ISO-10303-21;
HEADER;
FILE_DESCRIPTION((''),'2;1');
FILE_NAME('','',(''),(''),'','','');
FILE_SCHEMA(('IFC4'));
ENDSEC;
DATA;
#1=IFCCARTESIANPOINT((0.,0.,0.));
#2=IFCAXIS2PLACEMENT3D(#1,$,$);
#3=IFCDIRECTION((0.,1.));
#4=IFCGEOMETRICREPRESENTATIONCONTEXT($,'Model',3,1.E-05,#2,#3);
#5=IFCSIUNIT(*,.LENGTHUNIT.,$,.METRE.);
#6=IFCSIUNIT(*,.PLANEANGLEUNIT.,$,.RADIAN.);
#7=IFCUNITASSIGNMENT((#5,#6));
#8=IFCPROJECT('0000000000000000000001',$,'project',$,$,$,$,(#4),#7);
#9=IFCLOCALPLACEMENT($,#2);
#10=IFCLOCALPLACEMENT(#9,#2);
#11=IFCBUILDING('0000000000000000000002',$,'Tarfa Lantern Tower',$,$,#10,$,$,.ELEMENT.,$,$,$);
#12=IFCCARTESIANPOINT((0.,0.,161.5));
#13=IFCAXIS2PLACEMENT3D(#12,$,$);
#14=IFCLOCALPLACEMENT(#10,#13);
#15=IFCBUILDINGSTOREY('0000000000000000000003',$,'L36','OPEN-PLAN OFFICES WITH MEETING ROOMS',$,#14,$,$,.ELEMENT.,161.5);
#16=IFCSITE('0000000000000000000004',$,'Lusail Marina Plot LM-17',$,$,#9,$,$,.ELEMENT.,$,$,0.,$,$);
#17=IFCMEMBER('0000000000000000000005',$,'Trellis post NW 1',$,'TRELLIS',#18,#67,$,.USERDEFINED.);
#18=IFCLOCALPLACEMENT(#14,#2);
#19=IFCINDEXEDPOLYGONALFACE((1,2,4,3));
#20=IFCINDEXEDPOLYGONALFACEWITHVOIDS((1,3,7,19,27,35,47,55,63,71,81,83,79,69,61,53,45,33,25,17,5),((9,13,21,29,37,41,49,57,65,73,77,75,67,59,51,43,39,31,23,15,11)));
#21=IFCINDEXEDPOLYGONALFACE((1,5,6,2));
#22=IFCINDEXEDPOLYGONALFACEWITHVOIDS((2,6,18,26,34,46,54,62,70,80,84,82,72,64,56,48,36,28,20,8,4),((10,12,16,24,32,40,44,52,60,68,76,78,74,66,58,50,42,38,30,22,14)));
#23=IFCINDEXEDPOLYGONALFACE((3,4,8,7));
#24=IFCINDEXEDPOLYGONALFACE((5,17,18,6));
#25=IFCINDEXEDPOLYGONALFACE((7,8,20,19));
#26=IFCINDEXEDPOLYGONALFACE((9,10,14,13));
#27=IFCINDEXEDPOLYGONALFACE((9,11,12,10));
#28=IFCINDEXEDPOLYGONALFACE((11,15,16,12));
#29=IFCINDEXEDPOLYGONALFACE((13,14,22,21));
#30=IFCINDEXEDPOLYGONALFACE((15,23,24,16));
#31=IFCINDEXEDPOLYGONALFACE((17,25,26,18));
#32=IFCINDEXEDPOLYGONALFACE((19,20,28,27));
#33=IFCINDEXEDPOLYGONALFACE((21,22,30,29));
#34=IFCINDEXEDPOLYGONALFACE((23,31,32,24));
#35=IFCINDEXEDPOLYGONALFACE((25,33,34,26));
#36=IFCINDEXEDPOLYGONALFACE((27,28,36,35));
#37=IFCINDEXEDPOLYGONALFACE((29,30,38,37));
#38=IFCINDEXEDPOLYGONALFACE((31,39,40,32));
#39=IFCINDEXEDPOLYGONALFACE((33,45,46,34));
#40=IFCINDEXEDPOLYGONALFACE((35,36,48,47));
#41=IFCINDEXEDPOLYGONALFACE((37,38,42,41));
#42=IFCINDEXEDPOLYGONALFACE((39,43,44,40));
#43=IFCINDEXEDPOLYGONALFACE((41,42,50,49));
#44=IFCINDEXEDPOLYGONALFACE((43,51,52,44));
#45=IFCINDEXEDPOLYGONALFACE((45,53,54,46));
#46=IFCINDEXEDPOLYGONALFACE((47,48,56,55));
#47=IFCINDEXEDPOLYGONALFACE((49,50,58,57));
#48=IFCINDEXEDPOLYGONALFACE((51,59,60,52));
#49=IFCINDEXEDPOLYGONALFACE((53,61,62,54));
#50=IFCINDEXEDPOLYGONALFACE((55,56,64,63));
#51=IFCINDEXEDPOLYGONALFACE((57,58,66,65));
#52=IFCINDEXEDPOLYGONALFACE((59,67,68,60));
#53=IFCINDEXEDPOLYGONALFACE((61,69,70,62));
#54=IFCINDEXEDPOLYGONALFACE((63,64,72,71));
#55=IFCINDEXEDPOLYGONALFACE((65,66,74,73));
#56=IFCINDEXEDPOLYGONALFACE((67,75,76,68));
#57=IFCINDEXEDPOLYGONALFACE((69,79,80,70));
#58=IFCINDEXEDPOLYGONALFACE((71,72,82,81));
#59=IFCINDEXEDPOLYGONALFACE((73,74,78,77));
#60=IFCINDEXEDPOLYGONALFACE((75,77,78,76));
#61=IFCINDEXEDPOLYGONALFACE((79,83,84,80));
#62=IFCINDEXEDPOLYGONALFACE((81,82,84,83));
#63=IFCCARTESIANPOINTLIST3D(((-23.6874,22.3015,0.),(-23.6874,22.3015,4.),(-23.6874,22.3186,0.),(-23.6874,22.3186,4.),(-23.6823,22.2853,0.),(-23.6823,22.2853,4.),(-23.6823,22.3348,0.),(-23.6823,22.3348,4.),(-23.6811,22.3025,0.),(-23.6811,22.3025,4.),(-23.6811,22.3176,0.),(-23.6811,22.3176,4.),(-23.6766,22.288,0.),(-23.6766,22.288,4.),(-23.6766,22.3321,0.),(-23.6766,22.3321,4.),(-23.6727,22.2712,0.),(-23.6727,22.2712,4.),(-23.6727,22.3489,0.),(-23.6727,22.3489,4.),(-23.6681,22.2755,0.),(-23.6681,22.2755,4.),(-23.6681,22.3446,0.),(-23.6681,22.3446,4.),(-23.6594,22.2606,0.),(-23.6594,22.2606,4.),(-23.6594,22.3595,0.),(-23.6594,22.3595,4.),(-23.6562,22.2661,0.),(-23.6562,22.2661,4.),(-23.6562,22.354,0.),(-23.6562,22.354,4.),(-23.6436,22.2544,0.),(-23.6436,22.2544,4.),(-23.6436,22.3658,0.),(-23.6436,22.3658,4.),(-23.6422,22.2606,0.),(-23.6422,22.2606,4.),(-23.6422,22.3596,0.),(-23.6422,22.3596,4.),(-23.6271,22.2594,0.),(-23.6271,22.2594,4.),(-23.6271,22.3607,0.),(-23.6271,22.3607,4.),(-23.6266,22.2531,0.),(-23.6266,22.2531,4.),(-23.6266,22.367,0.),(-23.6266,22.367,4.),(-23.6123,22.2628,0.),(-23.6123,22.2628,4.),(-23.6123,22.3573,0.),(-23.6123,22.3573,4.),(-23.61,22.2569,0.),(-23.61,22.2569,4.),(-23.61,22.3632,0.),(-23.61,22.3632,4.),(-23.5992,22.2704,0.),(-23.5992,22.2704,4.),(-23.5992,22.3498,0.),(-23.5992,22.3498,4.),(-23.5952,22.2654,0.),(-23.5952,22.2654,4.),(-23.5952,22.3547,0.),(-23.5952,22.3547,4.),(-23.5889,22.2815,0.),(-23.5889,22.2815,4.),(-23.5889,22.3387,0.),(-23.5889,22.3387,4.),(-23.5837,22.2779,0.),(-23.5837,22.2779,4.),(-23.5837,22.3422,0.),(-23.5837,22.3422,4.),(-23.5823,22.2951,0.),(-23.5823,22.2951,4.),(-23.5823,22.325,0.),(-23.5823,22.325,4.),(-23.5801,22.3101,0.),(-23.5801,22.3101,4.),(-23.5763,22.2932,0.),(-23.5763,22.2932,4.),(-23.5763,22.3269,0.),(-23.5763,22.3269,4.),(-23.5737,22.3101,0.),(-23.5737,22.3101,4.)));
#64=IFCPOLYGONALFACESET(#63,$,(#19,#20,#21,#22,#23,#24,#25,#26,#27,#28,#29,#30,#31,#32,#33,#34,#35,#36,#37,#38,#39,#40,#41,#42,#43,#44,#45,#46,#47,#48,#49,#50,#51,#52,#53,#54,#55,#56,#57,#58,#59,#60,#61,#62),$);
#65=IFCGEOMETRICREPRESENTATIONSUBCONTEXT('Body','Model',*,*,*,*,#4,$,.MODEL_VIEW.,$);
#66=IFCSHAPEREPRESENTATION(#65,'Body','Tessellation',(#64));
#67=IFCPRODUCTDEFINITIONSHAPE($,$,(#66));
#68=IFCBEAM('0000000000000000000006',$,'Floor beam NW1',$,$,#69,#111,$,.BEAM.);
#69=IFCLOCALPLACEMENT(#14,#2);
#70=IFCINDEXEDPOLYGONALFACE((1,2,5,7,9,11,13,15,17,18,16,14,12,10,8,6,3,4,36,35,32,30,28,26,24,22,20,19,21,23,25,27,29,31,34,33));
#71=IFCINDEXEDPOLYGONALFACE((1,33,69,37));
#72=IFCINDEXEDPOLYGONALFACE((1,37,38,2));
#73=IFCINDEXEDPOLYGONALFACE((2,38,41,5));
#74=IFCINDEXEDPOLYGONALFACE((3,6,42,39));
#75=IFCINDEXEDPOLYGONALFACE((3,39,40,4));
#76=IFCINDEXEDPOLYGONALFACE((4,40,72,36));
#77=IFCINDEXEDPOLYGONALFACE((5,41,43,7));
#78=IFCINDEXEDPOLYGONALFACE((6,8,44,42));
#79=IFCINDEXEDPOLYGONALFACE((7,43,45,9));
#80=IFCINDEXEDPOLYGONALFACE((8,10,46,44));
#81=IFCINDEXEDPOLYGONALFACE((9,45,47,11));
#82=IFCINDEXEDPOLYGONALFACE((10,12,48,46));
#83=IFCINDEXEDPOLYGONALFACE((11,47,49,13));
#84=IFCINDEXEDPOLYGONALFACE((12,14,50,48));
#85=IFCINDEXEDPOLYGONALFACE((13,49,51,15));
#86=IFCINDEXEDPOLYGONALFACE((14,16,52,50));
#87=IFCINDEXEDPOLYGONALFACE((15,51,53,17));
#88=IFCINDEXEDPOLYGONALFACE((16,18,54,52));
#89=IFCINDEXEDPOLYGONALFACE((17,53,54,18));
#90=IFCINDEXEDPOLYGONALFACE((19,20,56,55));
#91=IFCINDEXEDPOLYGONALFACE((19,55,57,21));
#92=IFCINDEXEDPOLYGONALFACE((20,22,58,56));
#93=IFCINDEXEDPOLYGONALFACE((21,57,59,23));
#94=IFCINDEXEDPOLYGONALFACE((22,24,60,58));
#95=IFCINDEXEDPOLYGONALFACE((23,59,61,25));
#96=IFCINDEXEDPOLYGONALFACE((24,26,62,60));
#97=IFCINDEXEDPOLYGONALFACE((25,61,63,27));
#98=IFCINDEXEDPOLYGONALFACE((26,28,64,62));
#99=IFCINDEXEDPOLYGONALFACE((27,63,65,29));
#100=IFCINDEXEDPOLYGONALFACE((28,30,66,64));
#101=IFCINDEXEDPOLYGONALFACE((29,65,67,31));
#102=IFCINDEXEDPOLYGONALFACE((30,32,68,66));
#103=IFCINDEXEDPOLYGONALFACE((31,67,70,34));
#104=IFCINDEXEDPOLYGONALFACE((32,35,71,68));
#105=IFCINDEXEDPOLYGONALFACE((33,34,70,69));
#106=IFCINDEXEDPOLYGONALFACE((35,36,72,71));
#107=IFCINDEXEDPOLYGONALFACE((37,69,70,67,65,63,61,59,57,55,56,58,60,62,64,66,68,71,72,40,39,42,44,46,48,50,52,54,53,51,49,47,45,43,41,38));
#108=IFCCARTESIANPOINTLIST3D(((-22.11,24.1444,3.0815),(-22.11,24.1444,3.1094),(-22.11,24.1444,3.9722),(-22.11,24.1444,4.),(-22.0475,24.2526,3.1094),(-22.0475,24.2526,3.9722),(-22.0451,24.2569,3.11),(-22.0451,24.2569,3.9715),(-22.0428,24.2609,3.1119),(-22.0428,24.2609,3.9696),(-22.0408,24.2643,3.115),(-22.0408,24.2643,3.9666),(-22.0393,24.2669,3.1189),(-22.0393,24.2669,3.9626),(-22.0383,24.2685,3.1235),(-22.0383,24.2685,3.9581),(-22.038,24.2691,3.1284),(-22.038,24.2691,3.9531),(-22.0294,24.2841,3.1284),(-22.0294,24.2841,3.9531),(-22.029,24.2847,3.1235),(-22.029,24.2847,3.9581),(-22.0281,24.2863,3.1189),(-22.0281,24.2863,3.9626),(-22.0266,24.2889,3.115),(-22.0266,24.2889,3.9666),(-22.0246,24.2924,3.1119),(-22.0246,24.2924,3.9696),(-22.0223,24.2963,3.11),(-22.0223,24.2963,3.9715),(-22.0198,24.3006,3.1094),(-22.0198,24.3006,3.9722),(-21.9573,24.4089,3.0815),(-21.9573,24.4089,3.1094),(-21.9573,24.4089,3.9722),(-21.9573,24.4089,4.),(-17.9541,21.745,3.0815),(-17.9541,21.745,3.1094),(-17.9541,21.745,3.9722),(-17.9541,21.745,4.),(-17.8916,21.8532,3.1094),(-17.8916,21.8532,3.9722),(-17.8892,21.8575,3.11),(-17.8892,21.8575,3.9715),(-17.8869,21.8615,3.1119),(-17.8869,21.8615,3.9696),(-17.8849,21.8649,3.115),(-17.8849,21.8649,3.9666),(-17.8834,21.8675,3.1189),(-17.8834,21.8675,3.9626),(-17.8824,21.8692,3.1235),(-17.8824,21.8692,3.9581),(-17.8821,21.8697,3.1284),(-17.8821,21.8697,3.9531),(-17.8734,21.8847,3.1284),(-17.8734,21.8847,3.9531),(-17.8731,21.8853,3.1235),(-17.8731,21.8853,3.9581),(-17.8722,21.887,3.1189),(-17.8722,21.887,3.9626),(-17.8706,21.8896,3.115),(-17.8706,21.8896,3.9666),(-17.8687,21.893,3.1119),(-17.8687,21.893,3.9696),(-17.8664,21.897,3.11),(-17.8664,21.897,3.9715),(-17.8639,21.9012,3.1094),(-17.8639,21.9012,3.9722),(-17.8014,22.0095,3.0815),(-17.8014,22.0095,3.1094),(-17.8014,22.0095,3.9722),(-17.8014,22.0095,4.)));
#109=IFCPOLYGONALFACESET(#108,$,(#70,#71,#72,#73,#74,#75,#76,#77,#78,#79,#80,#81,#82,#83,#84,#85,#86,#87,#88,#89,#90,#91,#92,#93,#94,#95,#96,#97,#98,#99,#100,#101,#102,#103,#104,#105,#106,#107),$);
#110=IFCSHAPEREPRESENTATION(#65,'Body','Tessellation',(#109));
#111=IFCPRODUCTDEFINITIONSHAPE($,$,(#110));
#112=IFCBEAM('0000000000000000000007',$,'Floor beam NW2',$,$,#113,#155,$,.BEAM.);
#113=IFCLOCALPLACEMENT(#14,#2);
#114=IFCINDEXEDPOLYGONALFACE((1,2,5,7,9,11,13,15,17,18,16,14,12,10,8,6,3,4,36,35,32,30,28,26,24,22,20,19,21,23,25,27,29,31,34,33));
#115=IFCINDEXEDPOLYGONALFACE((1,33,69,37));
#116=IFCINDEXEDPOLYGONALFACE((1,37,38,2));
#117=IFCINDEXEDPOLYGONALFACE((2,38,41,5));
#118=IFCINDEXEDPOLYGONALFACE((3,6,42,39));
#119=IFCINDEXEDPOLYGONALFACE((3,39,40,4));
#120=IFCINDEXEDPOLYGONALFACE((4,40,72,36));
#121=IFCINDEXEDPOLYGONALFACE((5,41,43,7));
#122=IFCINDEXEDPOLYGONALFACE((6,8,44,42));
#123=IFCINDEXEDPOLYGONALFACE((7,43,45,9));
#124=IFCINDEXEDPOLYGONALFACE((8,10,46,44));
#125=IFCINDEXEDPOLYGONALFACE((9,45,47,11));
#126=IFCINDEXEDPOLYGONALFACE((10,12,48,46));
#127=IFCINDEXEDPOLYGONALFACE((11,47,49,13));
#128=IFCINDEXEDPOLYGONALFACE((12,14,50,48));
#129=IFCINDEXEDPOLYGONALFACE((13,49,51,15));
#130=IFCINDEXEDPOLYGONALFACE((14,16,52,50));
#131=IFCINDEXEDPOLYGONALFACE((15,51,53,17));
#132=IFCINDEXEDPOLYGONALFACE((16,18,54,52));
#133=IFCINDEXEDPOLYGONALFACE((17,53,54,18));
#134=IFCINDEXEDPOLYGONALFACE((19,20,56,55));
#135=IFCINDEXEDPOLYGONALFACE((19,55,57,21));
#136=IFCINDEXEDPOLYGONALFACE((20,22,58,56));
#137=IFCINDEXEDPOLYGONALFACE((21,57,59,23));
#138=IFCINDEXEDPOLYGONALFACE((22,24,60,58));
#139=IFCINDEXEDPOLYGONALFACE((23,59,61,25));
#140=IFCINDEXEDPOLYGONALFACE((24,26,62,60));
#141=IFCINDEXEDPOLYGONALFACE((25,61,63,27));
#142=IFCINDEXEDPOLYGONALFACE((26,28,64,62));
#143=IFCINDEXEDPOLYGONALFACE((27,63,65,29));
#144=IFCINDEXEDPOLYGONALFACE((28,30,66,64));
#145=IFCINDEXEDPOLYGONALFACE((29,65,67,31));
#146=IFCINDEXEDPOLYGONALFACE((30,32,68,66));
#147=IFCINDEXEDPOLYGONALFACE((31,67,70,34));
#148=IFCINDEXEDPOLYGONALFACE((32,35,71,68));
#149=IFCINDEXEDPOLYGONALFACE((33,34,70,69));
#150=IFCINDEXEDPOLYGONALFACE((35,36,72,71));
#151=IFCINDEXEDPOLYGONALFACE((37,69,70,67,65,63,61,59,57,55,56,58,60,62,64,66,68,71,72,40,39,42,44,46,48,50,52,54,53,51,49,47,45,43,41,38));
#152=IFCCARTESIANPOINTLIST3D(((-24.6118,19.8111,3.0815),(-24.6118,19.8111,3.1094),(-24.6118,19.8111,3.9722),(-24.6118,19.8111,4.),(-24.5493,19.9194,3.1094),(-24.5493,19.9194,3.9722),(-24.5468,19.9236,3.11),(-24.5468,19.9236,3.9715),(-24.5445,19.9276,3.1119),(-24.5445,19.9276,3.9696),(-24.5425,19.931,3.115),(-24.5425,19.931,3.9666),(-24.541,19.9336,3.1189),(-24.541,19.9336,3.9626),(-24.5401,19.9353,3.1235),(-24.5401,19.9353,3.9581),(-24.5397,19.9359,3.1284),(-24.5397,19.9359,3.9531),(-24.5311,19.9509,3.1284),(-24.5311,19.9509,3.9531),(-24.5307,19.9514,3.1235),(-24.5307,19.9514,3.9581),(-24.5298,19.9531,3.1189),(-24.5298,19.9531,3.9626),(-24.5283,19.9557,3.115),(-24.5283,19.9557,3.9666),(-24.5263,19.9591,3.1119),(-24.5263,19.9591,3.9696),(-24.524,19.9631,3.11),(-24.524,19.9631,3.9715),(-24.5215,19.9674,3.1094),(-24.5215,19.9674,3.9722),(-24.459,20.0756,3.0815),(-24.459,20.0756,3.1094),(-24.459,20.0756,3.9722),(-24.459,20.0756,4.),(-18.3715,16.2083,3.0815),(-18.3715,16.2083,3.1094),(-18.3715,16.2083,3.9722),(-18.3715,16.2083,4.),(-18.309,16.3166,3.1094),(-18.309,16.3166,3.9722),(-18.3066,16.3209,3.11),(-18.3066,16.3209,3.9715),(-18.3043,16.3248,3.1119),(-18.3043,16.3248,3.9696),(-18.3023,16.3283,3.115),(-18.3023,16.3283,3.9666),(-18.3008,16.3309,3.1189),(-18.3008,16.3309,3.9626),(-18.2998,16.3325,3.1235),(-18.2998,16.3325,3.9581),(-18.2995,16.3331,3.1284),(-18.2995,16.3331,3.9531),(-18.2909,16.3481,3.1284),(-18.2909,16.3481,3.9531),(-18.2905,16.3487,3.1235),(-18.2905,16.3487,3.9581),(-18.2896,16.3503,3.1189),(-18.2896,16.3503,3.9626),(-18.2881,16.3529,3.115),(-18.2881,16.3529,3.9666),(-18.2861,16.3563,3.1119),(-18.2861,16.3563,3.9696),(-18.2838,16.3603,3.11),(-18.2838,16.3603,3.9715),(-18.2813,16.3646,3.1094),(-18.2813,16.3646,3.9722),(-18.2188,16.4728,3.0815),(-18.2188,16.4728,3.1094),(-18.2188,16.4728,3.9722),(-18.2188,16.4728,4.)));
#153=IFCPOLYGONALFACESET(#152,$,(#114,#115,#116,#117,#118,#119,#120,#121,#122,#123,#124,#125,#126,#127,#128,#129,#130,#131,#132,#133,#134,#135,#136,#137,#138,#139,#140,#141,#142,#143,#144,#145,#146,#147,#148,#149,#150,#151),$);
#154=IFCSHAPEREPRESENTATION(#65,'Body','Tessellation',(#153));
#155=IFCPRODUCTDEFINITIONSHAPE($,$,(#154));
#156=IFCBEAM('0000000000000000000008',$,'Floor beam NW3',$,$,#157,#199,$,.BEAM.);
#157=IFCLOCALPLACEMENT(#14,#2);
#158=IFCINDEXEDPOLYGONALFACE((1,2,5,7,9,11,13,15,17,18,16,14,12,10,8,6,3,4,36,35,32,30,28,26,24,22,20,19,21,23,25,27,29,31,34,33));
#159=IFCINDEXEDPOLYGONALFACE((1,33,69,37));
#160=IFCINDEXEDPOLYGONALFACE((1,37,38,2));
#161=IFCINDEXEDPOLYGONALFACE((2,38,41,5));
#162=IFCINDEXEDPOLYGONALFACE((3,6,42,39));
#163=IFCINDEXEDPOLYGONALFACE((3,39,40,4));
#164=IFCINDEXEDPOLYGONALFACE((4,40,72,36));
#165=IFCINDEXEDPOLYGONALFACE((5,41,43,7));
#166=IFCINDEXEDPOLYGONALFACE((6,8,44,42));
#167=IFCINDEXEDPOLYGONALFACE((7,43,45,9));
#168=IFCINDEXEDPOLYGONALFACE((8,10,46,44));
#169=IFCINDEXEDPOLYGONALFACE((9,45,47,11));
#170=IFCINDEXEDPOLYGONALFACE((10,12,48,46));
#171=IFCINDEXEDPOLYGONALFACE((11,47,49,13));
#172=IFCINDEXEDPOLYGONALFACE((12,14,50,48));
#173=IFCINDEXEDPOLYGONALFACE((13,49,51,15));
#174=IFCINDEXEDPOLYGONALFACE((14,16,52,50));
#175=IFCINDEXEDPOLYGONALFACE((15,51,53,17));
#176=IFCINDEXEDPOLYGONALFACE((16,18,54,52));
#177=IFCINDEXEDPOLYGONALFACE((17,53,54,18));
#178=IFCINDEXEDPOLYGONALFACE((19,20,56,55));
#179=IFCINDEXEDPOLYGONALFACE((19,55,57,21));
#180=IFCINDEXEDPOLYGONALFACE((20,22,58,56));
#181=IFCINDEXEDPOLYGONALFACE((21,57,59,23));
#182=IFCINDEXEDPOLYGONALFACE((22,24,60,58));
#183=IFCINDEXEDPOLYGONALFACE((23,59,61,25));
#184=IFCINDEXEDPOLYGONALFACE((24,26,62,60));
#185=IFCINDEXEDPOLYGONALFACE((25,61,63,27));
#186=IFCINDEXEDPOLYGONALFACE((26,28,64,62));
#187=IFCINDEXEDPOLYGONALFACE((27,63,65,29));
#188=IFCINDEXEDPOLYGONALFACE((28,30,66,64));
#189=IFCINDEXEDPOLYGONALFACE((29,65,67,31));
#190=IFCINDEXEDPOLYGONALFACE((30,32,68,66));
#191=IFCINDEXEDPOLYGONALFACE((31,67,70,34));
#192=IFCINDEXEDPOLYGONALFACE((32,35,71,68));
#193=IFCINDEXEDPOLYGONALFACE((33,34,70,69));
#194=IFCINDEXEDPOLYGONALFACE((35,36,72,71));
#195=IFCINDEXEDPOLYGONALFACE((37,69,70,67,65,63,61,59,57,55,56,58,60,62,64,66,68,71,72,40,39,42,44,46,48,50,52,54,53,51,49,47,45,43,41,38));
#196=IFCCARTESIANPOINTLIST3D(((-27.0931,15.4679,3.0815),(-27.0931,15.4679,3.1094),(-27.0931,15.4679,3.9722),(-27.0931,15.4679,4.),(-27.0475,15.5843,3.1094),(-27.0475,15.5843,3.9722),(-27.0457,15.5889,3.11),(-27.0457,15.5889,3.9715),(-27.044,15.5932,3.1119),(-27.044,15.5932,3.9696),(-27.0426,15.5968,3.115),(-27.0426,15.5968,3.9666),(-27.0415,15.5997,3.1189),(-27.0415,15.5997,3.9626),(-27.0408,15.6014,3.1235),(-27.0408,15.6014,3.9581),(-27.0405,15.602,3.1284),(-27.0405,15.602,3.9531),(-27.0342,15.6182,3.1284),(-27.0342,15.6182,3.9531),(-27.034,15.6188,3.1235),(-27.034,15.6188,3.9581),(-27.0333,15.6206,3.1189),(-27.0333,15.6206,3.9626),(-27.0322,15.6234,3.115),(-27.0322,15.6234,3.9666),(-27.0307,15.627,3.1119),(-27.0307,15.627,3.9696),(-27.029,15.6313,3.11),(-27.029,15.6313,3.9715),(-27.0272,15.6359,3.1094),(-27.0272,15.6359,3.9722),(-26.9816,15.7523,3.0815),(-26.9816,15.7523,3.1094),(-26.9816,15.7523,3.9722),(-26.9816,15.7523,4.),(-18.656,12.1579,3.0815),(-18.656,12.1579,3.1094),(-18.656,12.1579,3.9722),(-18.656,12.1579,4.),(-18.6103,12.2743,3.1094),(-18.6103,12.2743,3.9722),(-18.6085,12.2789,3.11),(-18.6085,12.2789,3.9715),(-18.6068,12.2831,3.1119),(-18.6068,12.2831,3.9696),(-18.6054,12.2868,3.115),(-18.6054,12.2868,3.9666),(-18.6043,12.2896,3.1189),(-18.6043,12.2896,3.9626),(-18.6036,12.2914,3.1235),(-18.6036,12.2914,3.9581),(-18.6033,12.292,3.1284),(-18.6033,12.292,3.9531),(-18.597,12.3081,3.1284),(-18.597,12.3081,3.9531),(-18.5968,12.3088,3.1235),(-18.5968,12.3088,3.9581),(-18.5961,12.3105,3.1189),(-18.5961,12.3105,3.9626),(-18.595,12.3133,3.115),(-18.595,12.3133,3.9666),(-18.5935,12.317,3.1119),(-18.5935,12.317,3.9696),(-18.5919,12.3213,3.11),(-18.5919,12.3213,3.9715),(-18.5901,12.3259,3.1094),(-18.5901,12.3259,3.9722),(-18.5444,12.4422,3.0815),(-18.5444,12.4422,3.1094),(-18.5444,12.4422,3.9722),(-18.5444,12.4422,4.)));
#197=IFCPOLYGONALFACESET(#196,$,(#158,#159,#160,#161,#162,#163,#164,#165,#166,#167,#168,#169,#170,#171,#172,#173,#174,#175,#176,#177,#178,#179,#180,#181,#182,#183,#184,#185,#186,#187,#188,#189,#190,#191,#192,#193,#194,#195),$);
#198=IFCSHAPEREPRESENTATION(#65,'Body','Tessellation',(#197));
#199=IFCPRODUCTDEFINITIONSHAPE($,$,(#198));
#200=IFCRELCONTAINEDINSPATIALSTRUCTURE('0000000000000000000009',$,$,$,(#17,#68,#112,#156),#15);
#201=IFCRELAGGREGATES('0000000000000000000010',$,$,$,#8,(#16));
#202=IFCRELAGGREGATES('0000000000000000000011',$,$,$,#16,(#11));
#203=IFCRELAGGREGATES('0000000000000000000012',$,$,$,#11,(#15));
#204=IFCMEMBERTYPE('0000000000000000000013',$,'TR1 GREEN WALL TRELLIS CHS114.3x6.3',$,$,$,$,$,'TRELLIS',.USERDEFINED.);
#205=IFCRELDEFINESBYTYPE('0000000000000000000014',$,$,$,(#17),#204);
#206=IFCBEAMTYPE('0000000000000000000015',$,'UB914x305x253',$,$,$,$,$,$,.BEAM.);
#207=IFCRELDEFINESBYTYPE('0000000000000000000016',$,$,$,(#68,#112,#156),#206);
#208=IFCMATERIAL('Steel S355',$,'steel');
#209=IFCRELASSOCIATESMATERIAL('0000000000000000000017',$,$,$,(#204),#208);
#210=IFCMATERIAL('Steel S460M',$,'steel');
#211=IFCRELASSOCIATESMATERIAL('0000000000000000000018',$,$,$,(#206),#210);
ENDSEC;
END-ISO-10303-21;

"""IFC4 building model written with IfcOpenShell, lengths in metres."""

from ifc_helpers import new_model, si_unit, direction, frame, origin, origin_2d, place, context, subcontext, project, spatial, hollow_circle, i_section, extrude, material, material_profile, profile_set, type_object, element, save


model = new_model("IFC4")

# Units and contexts
model_context = context("Model", 3, precision=1e-05, world=origin(), true_north=direction((0.0, 1.0)))
body_context = subcontext(model_context, "Body", "Model", "MODEL_VIEW")
ifc_project = project(units=[si_unit("LENGTHUNIT", "METRE"), si_unit("PLANEANGLEUNIT", "RADIAN")], contexts=[model_context])

# Site, building, storey
site_placement = place(None, origin())
site = spatial("IfcSite", under=ifc_project, at=site_placement, Name="Lusail Marina Plot LM-17", CompositionType="ELEMENT", RefElevation=0.0)
building_placement = place(site_placement, origin())
building = spatial("IfcBuilding", under=site, at=building_placement, Name="Tarfa Lantern Tower", CompositionType="ELEMENT")
storey_placement = place(building_placement, frame((0.0, 0.0, 161.5)))
storey = spatial("IfcBuildingStorey", under=building, at=storey_placement, Name="L36", Description="OPEN-PLAN OFFICES WITH MEETING ROOMS", CompositionType="ELEMENT", Elevation=161.5)

# Member
ifc_material_1 = material(Name="Steel S355", Category="steel")
ifc_material_profile_1 = material_profile(ifc_material_1, hollow_circle(Radius=0.0571, WallThickness=0.0063, at=origin_2d()), Name="CHS114.3x6.3")
ifc_profile_set_1 = profile_set([ifc_material_profile_1], Name="Steel S355")
member_type_1 = type_object("IfcMemberType", Name="TR1 GREEN WALL TRELLIS CHS114.3x6.3", ElementType="TRELLIS", PredefinedType="USERDEFINED", material=ifc_profile_set_1)
member_1_placement = place(storey_placement, frame((-23.6309, 22.3101, 0.0), z_axis=(0.0, 0.0, 1.0), x_axis=(1.0, 0.0, 0.0)))
element("IfcMember", 1, at=member_1_placement, inside=storey, type_object=member_type_1, Name="Trellis post NW 1", ObjectType="TRELLIS", PredefinedType="USERDEFINED", context=body_context, shape_type="SweptSolid", body=[
    extrude(hollow_circle(Radius=0.0571, WallThickness=0.0063, at=origin_2d()), origin(), (0.0, 0.0, 1.0), 4.0),
])

# Beams
ifc_material_2 = material(Name="Steel S460M", Category="steel")
ifc_material_profile_2 = material_profile(ifc_material_2, i_section(OverallWidth=0.3054, OverallDepth=0.9185, WebThickness=0.0173, FlangeThickness=0.0278, FilletRadius=0.019, at=origin_2d()), Name="UB914x305x253")
ifc_profile_set_2 = profile_set([ifc_material_profile_2], Name="Steel S460M")
beam_type_1 = type_object("IfcBeamType", Name="UB914x305x253", PredefinedType="BEAM", material=ifc_profile_set_2)
beam_1_placement = place(storey_placement, frame((-22.0337, 24.2766, 3.5408), z_axis=(0.866031, -0.499991, 0.0), x_axis=(0.499991, 0.866031, 0.0)))
element("IfcBeam", 2, at=beam_1_placement, inside=storey, type_object=beam_type_1, Name="Floor beam NW1", PredefinedType="BEAM", context=body_context, shape_type="SweptSolid", body=[
    extrude(i_section(OverallWidth=0.3054, OverallDepth=0.9185, WebThickness=0.0173, FlangeThickness=0.0278, FilletRadius=0.019, at=origin_2d()), origin(), (0.0, 0.0, 1.0), 4.7988),
])
beam_2_placement = place(storey_placement, frame((-24.5354, 19.9434, 3.5408), z_axis=(0.866026, -0.499998, 0.0), x_axis=(0.499998, 0.866026, 0.0)))
element("IfcBeam", 3, at=beam_2_placement, inside=storey, type_object=beam_type_1, Name="Floor beam NW2", PredefinedType="BEAM", context=body_context, shape_type="SweptSolid", body=[
    extrude(i_section(OverallWidth=0.3054, OverallDepth=0.9185, WebThickness=0.0173, FlangeThickness=0.0278, FilletRadius=0.019, at=origin_2d()), origin(), (0.0, 0.0, 1.0), 7.2056),
])
beam_3_placement = place(storey_placement, frame((-27.0374, 15.6101, 3.5408), z_axis=(0.930923, -0.365215, 0.0), x_axis=(0.365215, 0.930923, 0.0)))
element("IfcBeam", 4, at=beam_3_placement, inside=storey, type_object=beam_type_1, Name="Floor beam NW3", PredefinedType="BEAM", context=body_context, shape_type="SweptSolid", body=[
    extrude(i_section(OverallWidth=0.3054, OverallDepth=0.9185, WebThickness=0.0173, FlangeThickness=0.0278, FilletRadius=0.019, at=origin_2d()), origin(), (0.0, 0.0, 1.0), 9.0632),
])

save(model, "model.ifc")
